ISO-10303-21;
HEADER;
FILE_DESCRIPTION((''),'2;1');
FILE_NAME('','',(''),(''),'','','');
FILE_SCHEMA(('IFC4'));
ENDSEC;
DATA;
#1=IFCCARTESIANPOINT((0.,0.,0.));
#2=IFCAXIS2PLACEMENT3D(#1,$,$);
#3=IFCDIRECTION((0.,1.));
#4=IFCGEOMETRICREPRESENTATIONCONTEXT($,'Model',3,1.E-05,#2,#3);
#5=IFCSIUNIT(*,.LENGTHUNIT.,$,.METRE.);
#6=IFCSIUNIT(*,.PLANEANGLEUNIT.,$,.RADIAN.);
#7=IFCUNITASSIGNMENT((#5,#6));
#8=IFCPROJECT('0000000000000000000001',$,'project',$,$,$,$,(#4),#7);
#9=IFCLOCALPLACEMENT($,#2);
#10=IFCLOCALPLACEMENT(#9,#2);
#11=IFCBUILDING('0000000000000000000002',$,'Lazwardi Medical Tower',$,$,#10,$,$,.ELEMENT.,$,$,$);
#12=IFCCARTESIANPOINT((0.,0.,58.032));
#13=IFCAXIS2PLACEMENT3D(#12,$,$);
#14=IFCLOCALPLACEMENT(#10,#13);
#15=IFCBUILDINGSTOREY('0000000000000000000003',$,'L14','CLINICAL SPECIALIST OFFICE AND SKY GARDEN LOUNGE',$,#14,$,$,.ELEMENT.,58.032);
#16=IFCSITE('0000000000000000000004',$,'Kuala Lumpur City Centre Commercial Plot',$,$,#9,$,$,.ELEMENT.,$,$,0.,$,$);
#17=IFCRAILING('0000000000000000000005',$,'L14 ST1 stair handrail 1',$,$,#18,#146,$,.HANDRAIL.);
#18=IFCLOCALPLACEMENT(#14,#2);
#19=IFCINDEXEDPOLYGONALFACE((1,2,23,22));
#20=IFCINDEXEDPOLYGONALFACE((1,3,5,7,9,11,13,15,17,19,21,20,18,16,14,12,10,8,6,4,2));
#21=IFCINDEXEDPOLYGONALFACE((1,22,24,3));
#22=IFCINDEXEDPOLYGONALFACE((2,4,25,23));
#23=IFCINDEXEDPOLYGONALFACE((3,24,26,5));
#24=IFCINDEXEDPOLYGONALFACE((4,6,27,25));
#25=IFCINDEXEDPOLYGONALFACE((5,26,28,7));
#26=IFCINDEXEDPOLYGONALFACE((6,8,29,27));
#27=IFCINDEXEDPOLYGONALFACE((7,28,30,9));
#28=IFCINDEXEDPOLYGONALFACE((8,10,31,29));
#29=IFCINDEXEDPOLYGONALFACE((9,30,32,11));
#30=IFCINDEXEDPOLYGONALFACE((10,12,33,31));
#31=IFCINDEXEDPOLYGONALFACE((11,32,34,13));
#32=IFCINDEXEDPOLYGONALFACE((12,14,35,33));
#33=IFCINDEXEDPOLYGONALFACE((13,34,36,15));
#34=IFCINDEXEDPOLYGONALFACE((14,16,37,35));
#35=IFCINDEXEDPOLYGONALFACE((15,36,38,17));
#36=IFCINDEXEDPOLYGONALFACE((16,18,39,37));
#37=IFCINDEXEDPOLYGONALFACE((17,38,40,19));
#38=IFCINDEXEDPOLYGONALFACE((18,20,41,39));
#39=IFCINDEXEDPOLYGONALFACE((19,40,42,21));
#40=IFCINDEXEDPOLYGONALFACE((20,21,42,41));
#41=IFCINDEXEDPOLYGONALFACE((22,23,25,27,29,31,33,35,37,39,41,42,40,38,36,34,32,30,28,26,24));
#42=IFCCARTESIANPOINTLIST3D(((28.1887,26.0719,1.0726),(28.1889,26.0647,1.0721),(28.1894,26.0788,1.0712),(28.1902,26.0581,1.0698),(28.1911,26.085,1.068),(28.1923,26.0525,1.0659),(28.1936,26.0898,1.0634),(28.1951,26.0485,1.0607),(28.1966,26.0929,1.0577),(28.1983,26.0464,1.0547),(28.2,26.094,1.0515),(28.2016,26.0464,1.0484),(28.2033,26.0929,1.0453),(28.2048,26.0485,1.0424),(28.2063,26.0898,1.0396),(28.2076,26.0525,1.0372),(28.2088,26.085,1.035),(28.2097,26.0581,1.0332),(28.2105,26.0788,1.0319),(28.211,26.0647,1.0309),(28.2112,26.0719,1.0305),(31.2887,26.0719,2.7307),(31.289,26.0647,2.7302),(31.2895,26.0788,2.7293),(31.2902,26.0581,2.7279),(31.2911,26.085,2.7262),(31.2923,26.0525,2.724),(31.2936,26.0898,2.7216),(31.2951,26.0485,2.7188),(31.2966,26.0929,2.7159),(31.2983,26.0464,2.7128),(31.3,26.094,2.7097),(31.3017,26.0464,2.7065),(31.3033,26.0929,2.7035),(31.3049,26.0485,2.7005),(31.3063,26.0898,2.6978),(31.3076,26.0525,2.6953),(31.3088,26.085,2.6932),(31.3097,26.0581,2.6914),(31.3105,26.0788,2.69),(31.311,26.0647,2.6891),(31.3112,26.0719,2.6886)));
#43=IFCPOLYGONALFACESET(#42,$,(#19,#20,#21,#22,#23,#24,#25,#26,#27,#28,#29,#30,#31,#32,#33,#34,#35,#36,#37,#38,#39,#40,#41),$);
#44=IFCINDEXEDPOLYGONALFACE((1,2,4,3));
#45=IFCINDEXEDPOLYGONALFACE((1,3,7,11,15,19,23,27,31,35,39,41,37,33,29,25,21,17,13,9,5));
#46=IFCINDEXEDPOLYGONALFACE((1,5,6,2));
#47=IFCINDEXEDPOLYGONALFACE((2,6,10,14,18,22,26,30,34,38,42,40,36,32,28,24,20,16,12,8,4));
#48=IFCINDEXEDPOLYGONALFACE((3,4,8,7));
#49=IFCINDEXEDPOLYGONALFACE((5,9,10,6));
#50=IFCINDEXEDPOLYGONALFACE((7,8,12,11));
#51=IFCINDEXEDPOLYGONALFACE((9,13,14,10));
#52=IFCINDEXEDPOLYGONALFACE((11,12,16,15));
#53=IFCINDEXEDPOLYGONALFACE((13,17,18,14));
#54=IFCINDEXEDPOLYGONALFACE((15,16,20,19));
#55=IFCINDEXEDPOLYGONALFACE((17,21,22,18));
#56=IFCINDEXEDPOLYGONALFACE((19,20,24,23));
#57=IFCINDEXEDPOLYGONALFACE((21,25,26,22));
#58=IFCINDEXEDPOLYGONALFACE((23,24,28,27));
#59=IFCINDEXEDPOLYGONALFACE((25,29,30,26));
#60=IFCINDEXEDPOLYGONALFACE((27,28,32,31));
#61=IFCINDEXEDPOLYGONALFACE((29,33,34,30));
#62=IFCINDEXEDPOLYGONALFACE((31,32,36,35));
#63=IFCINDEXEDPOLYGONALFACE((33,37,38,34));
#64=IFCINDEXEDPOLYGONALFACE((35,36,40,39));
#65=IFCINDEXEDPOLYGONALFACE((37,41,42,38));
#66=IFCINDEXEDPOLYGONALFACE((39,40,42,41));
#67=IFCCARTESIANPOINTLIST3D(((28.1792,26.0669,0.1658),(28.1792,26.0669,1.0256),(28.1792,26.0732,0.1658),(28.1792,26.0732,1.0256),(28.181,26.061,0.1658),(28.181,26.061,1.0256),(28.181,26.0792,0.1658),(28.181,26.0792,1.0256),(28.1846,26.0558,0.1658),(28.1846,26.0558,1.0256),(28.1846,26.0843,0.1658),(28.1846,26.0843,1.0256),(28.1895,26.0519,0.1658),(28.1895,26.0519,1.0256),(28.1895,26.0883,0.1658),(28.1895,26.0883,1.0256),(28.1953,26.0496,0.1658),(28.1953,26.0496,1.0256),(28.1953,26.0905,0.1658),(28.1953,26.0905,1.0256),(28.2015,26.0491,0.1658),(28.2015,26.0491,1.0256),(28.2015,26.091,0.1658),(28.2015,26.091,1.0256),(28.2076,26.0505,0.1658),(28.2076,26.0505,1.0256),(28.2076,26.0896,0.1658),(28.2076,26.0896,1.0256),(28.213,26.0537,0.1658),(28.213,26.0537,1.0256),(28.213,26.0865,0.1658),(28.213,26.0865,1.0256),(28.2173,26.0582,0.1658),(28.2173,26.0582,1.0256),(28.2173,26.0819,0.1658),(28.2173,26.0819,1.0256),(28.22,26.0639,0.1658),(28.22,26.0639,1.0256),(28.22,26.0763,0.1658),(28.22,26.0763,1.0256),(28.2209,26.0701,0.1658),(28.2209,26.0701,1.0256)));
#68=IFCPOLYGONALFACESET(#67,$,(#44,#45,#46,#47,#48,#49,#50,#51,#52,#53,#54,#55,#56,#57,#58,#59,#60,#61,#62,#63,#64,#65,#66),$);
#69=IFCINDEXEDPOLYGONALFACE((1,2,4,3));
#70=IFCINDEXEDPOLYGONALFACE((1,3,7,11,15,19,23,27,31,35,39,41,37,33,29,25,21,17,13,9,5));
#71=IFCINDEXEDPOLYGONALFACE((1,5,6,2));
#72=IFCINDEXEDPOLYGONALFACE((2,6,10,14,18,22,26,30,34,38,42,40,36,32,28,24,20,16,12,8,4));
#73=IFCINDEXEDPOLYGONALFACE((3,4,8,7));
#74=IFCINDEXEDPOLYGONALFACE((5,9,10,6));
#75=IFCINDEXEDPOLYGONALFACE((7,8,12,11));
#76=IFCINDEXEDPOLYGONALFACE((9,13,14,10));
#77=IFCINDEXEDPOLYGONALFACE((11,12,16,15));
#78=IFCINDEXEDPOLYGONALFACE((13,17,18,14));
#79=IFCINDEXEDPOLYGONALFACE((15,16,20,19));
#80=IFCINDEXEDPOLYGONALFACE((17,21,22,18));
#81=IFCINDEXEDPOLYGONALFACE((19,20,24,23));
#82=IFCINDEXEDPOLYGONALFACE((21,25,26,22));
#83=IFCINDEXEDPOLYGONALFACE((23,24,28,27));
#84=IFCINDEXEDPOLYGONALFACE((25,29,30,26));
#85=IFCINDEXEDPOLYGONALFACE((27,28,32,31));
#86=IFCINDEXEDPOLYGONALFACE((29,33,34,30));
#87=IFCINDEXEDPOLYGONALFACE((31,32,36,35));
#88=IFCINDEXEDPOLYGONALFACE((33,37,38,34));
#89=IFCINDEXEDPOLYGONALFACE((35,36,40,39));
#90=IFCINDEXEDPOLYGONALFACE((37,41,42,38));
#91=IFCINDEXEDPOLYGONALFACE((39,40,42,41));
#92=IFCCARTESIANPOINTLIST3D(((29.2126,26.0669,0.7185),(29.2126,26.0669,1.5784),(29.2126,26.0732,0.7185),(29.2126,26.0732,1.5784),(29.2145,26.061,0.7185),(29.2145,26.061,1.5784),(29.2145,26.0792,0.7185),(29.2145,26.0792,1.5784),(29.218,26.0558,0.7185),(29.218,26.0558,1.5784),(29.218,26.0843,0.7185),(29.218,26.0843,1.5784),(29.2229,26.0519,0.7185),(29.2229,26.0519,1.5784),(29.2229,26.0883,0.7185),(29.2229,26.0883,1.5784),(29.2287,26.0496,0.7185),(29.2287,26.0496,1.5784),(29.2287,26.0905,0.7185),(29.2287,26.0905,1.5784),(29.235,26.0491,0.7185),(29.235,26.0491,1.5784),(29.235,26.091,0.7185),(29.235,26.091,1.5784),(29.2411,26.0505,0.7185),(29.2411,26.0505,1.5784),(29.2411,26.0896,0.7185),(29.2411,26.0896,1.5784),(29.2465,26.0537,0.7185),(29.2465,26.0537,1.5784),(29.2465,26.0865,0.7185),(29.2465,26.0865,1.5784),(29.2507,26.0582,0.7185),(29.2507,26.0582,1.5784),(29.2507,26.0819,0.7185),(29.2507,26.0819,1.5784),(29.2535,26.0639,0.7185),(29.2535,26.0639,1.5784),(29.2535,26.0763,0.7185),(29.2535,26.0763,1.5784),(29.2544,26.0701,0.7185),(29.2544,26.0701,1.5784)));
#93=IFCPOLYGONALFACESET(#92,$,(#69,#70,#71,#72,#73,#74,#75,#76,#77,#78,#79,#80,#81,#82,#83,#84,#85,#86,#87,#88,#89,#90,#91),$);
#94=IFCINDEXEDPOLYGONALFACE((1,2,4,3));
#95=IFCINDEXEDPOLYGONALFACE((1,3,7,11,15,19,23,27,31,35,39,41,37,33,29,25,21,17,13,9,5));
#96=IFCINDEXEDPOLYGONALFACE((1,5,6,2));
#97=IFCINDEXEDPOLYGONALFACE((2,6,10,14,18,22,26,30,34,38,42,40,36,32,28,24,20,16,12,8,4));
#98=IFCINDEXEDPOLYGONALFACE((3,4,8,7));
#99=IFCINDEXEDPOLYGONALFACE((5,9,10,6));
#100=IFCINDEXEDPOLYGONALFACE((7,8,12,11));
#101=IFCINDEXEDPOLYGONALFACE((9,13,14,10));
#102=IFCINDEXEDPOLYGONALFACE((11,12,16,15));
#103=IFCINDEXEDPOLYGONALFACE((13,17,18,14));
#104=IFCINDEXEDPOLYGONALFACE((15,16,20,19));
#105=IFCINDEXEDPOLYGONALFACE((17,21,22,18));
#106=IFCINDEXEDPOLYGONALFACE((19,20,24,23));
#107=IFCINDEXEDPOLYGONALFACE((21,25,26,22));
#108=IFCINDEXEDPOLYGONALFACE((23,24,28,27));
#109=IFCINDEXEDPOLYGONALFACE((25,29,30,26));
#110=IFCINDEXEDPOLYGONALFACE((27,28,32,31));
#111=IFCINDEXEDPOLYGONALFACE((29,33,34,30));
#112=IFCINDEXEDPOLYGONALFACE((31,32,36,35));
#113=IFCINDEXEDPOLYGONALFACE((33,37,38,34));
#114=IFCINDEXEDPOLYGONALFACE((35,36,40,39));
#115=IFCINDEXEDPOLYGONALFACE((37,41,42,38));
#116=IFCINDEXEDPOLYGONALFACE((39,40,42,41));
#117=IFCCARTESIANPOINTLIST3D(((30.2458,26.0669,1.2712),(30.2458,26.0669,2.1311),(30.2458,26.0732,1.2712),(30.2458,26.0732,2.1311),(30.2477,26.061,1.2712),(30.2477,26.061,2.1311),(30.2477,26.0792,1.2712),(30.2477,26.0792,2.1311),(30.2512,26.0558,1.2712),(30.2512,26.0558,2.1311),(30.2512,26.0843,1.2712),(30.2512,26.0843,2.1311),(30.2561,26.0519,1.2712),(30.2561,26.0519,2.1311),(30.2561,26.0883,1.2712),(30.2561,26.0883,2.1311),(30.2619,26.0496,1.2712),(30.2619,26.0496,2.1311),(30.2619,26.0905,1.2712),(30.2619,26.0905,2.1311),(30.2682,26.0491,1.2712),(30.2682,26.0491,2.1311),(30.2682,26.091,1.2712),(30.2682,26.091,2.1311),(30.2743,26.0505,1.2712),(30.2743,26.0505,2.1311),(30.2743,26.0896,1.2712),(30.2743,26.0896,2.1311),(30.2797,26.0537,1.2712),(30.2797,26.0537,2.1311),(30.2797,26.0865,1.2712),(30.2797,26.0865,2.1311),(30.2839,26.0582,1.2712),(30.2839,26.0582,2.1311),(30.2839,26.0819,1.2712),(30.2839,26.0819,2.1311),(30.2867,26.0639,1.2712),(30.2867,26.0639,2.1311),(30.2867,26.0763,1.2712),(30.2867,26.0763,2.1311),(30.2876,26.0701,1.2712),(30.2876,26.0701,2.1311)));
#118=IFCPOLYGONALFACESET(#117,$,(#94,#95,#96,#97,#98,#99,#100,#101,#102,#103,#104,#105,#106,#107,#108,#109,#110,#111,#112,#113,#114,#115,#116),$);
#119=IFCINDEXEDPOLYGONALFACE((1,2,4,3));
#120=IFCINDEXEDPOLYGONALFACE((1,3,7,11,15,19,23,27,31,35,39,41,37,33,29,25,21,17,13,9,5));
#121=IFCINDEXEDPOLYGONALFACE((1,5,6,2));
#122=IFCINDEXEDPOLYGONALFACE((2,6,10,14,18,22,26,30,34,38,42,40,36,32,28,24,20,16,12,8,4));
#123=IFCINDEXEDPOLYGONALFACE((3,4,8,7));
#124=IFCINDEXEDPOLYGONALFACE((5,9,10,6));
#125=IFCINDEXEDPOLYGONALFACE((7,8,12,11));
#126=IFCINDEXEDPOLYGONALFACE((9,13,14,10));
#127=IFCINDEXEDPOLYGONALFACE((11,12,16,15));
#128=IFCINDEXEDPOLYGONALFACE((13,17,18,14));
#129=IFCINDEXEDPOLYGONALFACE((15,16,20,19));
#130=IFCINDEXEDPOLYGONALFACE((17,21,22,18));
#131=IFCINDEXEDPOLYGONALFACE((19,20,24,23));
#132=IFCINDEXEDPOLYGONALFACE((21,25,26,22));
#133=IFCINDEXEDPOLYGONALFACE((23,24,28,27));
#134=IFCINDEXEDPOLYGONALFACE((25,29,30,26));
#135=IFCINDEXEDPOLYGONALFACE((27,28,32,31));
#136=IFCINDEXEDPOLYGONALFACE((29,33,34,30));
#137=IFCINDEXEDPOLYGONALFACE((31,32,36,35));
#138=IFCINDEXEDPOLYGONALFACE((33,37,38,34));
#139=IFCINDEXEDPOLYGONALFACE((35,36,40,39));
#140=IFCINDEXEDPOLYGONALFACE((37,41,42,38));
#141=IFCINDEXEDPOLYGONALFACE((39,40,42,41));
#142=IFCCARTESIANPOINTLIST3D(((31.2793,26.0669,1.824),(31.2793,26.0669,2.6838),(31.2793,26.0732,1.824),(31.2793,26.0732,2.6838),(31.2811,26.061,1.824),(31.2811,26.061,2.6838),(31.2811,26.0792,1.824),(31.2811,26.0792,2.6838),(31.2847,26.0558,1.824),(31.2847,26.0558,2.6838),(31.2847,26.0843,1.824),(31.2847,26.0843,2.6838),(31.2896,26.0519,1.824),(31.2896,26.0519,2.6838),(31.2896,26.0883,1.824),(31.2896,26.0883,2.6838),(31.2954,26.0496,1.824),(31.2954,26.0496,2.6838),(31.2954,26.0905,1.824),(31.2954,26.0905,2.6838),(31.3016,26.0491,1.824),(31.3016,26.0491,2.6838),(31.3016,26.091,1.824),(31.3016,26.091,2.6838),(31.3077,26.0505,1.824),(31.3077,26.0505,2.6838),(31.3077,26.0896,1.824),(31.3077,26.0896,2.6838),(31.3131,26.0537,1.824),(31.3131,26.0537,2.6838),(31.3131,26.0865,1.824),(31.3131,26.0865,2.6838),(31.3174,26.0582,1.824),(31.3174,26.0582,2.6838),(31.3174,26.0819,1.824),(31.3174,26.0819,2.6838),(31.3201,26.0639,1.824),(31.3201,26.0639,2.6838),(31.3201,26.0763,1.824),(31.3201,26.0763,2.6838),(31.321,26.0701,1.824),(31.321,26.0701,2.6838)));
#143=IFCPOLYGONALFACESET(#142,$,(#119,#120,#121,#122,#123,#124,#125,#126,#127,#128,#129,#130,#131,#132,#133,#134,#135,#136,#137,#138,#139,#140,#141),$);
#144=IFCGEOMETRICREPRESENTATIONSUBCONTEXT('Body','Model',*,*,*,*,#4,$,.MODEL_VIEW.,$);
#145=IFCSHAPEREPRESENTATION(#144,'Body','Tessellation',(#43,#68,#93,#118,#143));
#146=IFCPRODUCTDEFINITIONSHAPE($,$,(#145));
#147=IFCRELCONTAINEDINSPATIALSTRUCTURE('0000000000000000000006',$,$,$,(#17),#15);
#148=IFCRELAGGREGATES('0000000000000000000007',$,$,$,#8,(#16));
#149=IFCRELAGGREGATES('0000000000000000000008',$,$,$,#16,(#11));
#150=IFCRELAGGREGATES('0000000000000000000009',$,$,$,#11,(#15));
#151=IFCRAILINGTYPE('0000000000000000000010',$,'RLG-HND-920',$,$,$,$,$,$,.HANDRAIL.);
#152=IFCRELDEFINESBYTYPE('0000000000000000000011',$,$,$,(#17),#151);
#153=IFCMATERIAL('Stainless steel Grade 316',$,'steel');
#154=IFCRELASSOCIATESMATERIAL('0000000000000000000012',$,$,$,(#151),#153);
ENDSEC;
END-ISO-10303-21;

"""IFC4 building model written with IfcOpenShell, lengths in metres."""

from ifc_helpers import new_model, si_unit, direction, frame, origin, origin_2d, place, context, subcontext, project, spatial, circle, extrude, material, type_object, element, save


model = new_model("IFC4")

# Units and contexts
model_context = context("Model", 3, precision=1e-05, world=origin(), true_north=direction((0.0, 1.0)))
body_context = subcontext(model_context, "Body", "Model", "MODEL_VIEW")
ifc_project = project(units=[si_unit("LENGTHUNIT", "METRE"), si_unit("PLANEANGLEUNIT", "RADIAN")], contexts=[model_context])

# Site, building, storey
site_placement = place(None, origin())
site = spatial("IfcSite", under=ifc_project, at=site_placement, Name="Kuala Lumpur City Centre Commercial Plot", CompositionType="ELEMENT", RefElevation=0.0)
building_placement = place(site_placement, origin())
building = spatial("IfcBuilding", under=site, at=building_placement, Name="Lazwardi Medical Tower", CompositionType="ELEMENT")
storey_placement = place(building_placement, frame((0.0, 0.0, 58.032)))
storey = spatial("IfcBuildingStorey", under=building, at=storey_placement, Name="L14", Description="CLINICAL SPECIALIST OFFICE AND SKY GARDEN LOUNGE", CompositionType="ELEMENT", Elevation=58.032)

# Railing
ifc_material_1 = material(Name="Stainless steel Grade 316", Category="steel")
railing_type_1 = type_object("IfcRailingType", Name="RLG-HND-920", PredefinedType="HANDRAIL", material=ifc_material_1)
railing_1_placement = place(storey_placement, frame((28.2, 26.0701, 0.1658)))
element("IfcRailing", 1, at=railing_1_placement, inside=storey, type_object=railing_type_1, Name="L14 ST1 stair handrail 1", PredefinedType="HANDRAIL", context=body_context, shape_type="SweptSolid", body=[
    extrude(circle(Radius=0.0239, at=origin_2d()), frame((0.0, 0.0, 0.8857), z_axis=(0.881783, 0.0, 0.471655), x_axis=(0.0, 1.0, 0.0)), (0.0, 0.0, 1.0), 3.5156),
    extrude(circle(Radius=0.021, at=origin_2d()), origin(), (0.0, 0.0, 1.0), 0.8599),
    extrude(circle(Radius=0.021, at=origin_2d()), frame((1.0334, 0.0, 0.5527)), (0.0, 0.0, 1.0), 0.8599),
    extrude(circle(Radius=0.021, at=origin_2d()), frame((2.0667, 0.0, 1.1055)), (0.0, 0.0, 1.0), 0.8599),
    extrude(circle(Radius=0.021, at=origin_2d()), frame((3.1001, 0.0, 1.6582)), (0.0, 0.0, 1.0), 0.8599),
])

save(model, "model.ifc")
